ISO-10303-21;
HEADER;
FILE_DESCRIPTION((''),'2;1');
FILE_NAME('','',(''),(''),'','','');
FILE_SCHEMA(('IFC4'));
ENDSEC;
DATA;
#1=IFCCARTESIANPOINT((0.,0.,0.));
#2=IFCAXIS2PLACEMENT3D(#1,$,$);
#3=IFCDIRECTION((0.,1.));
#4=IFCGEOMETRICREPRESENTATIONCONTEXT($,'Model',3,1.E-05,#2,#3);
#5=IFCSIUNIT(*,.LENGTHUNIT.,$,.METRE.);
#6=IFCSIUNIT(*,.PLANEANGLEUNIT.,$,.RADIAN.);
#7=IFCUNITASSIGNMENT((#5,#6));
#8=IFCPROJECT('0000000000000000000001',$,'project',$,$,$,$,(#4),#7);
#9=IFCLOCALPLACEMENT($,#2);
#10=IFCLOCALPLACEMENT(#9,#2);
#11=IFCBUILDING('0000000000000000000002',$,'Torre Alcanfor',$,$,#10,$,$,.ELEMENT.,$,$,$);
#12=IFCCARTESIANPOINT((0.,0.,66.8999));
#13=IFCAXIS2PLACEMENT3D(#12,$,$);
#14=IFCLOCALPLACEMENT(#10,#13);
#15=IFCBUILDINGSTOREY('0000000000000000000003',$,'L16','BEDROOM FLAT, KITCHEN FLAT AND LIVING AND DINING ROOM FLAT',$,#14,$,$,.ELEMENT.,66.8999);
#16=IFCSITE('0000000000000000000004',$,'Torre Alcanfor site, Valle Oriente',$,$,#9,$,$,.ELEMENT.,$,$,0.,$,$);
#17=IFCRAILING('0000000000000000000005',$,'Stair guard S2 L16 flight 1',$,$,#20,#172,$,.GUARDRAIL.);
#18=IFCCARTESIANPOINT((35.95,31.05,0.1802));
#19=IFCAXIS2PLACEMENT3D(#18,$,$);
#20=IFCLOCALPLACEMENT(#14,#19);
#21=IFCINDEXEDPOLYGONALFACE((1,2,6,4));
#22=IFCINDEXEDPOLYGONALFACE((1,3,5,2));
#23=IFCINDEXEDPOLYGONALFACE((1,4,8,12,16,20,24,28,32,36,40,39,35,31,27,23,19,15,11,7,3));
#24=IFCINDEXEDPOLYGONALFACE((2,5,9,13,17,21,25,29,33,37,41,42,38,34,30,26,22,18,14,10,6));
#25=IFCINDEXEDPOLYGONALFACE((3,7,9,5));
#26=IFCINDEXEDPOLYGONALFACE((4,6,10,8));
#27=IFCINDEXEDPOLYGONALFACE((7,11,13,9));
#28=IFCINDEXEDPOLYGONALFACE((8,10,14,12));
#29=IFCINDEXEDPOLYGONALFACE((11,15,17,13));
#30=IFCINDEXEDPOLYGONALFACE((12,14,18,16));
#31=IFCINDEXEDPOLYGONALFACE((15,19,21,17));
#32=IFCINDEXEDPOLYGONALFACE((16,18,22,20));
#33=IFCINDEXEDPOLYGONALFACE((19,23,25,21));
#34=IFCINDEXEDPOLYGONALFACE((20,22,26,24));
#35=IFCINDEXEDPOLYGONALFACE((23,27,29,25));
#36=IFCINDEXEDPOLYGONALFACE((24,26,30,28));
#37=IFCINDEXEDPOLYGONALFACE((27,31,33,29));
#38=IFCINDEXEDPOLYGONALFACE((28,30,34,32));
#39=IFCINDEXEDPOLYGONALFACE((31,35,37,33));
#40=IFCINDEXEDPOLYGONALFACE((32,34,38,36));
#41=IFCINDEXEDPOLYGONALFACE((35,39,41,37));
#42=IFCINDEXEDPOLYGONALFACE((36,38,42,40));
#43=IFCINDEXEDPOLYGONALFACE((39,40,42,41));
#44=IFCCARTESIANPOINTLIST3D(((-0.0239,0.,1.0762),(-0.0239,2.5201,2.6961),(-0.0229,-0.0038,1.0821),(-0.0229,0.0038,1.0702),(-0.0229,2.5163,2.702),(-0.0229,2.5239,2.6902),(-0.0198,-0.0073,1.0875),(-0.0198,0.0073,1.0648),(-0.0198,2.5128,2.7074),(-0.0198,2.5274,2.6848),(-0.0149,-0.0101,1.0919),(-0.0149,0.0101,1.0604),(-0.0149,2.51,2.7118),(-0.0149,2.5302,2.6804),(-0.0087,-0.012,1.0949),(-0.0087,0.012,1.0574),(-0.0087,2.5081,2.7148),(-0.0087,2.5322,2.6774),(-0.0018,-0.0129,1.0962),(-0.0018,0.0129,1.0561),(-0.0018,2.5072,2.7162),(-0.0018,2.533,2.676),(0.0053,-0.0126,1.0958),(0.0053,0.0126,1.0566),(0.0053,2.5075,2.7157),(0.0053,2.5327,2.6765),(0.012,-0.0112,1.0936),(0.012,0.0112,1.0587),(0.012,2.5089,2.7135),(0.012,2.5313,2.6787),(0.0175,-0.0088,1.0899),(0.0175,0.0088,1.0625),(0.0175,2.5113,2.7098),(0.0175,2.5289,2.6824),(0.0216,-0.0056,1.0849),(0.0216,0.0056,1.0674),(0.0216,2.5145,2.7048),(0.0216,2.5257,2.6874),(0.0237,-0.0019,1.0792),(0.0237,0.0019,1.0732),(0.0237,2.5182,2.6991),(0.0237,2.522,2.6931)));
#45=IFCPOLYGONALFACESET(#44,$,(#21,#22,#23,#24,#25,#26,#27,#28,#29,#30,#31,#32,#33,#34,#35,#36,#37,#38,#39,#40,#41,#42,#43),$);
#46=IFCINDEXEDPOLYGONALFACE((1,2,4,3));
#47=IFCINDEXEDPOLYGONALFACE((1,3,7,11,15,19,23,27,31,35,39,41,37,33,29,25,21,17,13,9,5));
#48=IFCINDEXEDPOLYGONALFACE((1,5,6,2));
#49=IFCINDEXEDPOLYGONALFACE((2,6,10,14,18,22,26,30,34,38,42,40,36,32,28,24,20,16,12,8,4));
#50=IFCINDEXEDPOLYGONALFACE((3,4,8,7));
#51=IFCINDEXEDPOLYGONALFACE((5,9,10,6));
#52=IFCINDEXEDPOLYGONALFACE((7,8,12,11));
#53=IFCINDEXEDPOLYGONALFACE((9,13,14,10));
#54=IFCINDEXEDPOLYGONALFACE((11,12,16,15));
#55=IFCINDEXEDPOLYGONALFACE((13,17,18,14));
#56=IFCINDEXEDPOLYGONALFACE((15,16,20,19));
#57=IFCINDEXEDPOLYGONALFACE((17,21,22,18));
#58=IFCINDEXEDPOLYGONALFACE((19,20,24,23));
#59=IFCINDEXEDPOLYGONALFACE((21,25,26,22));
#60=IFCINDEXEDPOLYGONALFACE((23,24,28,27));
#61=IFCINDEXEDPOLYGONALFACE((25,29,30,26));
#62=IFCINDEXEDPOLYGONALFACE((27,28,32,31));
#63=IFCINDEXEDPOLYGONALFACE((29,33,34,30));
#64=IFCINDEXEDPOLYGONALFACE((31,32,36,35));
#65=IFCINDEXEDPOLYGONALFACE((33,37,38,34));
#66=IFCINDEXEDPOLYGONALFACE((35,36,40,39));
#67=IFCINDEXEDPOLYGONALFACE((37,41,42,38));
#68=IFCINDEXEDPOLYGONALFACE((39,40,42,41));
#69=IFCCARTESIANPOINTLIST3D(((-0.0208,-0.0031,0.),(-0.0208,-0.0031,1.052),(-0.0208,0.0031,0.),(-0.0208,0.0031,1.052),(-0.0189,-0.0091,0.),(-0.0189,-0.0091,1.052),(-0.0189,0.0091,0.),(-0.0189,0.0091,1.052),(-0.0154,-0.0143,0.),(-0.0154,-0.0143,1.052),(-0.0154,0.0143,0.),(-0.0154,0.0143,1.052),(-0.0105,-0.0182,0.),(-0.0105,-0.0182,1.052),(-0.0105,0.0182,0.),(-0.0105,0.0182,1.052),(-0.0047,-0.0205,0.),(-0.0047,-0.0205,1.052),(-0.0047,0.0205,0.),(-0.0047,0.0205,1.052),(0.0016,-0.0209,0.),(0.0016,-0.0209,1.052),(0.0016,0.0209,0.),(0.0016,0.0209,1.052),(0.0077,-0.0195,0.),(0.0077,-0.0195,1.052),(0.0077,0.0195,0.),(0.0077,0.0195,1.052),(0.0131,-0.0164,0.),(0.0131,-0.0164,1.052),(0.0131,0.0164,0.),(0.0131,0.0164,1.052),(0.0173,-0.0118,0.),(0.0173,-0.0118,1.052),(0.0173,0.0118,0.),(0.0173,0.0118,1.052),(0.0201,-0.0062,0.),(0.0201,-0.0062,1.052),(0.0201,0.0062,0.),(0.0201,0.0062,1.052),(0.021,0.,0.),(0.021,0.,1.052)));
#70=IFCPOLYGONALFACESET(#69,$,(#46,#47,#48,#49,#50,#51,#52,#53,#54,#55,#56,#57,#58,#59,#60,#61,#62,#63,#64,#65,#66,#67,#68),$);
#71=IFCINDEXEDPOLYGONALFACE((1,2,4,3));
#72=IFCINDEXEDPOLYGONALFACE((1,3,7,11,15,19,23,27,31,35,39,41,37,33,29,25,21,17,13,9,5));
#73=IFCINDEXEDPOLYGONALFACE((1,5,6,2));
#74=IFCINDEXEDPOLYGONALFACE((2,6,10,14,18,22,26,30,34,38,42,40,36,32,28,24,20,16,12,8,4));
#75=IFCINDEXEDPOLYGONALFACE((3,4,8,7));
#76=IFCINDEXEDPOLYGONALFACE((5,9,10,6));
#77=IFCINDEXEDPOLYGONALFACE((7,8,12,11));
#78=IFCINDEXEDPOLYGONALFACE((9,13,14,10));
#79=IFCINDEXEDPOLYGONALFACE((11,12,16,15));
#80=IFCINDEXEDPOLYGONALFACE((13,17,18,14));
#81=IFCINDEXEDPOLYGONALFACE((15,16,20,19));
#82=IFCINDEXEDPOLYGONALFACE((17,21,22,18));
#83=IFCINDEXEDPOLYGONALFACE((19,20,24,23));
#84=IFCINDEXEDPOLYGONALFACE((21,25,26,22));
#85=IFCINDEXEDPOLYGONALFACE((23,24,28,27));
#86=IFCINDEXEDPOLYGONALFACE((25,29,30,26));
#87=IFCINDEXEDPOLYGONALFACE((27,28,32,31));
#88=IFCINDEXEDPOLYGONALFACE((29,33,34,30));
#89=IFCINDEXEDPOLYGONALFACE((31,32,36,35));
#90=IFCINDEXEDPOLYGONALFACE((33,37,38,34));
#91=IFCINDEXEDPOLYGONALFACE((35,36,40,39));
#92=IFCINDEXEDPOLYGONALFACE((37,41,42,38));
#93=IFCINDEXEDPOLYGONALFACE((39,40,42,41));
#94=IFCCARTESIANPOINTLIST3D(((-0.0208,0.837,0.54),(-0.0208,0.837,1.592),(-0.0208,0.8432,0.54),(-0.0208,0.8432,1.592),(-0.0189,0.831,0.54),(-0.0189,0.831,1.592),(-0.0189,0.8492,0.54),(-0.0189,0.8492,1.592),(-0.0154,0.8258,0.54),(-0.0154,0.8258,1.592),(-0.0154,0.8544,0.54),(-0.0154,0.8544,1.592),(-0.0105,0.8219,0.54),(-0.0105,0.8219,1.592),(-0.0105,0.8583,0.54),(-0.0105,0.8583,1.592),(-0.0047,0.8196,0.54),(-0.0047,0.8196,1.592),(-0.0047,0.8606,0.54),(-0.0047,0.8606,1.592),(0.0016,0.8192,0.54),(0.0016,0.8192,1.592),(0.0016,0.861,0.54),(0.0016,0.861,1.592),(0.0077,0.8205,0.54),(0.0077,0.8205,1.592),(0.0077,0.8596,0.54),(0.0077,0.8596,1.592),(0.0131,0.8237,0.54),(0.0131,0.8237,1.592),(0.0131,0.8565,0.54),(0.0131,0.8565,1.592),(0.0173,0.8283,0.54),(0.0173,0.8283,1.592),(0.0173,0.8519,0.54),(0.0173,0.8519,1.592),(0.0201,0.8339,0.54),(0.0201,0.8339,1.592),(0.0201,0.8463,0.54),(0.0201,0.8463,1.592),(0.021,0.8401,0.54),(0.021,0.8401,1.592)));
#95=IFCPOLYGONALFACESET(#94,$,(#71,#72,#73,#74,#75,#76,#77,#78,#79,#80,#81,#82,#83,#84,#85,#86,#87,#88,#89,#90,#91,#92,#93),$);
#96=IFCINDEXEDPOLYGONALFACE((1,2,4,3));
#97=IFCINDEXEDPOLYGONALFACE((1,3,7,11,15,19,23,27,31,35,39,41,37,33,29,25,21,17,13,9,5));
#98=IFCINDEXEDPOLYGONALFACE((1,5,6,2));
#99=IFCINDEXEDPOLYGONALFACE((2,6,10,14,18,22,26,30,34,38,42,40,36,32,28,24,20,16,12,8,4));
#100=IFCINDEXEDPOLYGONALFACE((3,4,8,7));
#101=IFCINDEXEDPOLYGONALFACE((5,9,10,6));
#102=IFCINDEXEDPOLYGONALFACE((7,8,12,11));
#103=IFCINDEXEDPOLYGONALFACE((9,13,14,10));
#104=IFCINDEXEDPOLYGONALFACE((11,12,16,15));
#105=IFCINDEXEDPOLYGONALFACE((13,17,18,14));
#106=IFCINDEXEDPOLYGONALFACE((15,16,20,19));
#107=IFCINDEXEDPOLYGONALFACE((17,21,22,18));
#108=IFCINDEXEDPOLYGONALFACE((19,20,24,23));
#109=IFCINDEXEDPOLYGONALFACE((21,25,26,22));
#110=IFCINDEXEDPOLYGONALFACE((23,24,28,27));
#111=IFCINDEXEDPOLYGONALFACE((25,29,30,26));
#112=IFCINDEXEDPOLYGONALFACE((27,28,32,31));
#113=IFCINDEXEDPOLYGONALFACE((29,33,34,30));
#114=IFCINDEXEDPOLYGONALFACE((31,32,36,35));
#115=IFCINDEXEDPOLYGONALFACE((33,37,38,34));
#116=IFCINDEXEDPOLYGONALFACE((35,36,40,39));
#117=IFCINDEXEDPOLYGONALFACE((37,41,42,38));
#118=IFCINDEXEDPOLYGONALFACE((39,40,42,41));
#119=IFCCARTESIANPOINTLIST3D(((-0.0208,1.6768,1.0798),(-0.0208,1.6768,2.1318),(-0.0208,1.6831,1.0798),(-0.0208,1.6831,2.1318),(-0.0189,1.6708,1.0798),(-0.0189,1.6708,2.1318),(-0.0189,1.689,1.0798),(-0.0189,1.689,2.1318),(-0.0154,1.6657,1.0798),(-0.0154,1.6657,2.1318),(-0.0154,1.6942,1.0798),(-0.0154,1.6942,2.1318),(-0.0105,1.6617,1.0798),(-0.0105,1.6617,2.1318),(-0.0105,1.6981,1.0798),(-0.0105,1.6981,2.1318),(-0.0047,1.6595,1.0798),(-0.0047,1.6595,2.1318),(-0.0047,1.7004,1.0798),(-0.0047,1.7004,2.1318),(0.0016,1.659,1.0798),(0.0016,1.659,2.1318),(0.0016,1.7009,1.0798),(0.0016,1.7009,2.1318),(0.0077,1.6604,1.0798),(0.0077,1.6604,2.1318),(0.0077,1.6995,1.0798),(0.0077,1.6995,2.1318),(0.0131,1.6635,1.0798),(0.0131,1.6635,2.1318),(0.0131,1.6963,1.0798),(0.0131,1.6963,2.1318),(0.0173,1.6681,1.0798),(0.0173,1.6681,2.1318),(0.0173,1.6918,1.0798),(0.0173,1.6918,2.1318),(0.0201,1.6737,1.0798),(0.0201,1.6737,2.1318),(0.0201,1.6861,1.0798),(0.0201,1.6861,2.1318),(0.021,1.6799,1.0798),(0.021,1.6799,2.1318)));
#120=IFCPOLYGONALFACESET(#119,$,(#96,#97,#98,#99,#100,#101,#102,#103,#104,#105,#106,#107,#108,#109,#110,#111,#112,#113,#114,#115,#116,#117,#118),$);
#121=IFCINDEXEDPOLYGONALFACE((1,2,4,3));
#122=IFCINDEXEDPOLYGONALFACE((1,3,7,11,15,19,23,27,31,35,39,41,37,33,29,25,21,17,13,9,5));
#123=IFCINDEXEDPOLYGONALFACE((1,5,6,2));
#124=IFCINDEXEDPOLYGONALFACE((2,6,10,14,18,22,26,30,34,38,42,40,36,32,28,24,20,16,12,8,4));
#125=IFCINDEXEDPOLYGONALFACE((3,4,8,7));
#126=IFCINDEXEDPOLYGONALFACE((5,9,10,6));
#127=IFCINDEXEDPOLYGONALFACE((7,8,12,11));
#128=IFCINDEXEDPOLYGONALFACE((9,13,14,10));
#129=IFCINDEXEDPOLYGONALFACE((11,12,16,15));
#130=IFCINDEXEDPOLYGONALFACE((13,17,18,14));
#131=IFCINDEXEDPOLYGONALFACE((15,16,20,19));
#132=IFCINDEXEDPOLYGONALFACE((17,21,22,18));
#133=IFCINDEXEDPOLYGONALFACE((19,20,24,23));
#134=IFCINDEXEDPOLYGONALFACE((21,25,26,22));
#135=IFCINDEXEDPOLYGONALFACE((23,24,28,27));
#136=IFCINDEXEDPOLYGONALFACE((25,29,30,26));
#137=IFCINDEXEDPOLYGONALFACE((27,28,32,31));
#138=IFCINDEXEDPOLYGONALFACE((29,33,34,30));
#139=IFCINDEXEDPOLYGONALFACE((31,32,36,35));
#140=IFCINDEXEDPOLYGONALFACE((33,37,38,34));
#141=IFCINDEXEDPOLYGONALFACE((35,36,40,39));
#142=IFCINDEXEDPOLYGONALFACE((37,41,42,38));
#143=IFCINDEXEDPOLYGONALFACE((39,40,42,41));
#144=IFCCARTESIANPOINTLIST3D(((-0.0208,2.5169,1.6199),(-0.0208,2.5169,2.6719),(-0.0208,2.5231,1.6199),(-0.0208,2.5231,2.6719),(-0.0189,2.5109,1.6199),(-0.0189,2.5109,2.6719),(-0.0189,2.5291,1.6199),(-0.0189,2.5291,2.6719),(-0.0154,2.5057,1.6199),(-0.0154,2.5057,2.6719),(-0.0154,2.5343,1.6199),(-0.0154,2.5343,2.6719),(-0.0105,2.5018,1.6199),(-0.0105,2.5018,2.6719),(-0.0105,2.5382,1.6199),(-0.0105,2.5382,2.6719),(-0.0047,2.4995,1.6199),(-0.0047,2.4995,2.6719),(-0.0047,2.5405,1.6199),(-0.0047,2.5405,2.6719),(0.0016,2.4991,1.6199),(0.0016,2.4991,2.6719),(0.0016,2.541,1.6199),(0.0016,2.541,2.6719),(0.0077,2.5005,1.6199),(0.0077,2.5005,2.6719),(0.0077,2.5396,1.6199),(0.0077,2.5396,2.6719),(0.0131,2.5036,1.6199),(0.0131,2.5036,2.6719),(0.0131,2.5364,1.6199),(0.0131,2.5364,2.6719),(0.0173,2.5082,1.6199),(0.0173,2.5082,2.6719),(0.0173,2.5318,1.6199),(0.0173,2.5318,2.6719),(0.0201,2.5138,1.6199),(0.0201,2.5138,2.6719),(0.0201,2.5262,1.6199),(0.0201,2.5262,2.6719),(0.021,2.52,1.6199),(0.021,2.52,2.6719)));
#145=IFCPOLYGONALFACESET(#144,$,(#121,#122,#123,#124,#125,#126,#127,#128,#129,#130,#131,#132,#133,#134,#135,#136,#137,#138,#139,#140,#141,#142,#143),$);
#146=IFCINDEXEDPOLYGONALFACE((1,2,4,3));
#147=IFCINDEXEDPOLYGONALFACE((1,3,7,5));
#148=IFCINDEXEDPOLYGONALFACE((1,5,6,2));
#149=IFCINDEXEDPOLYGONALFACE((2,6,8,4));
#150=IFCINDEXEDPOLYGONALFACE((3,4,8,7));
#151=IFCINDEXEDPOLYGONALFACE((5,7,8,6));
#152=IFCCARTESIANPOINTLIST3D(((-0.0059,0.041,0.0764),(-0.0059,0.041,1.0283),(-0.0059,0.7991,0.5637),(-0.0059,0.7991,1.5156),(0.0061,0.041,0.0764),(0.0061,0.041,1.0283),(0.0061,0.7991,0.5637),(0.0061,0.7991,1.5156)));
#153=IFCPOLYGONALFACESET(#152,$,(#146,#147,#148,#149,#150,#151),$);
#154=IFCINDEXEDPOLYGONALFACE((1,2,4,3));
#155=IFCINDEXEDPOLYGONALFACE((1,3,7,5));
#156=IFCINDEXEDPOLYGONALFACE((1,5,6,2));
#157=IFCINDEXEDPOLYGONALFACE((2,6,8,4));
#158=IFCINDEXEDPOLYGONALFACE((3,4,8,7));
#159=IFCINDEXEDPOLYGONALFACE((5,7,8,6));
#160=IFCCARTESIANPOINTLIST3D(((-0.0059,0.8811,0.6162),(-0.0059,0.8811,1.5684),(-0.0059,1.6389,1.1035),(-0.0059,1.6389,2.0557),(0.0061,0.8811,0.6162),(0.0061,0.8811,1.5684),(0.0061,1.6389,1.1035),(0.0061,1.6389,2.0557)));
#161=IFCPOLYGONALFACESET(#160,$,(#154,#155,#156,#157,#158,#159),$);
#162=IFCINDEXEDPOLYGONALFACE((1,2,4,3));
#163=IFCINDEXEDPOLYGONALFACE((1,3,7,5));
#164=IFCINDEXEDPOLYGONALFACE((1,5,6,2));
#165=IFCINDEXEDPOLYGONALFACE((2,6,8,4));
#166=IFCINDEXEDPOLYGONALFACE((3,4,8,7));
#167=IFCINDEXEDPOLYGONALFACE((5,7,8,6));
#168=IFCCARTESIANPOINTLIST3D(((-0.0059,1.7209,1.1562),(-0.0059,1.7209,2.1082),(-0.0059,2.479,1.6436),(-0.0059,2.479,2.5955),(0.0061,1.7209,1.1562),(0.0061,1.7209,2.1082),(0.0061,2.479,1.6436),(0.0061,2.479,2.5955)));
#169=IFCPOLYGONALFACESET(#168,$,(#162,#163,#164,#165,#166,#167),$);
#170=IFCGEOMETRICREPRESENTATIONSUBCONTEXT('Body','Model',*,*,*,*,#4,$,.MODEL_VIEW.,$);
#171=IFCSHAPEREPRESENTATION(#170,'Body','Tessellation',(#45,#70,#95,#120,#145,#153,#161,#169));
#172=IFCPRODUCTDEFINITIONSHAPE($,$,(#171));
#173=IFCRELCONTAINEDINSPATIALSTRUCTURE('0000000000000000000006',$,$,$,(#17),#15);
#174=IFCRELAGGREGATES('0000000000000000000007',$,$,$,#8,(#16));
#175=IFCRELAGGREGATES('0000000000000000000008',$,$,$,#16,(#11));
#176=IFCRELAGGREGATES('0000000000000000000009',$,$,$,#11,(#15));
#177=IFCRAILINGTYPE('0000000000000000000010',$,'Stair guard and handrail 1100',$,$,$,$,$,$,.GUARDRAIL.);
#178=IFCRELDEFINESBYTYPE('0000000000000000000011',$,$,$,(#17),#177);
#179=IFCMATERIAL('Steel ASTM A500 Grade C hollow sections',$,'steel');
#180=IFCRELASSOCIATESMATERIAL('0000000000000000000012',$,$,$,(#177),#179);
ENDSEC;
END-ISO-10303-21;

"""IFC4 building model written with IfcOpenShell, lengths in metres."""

from ifc_helpers import new_model, si_unit, direction, frame, origin, origin_2d, place, context, subcontext, project, spatial, polyline, circle, outline, extrude, material, type_object, element, save


model = new_model("IFC4")

# Units and contexts
model_context = context("Model", 3, precision=1e-05, world=origin(), true_north=direction((0.0, 1.0)))
body_context = subcontext(model_context, "Body", "Model", "MODEL_VIEW")
ifc_project = project(units=[si_unit("LENGTHUNIT", "METRE"), si_unit("PLANEANGLEUNIT", "RADIAN")], contexts=[model_context])

# Site, building, storey
site_placement = place(None, origin())
site = spatial("IfcSite", under=ifc_project, at=site_placement, Name="Torre Alcanfor site, Valle Oriente", CompositionType="ELEMENT", RefElevation=0.0)
building_placement = place(site_placement, origin())
building = spatial("IfcBuilding", under=site, at=building_placement, Name="Torre Alcanfor", CompositionType="ELEMENT")
storey_placement = place(building_placement, frame((0.0, 0.0, 66.8999)))
storey = spatial("IfcBuildingStorey", under=building, at=storey_placement, Name="L16", Description="BEDROOM FLAT, KITCHEN FLAT AND LIVING AND DINING ROOM FLAT", CompositionType="ELEMENT", Elevation=66.8999)

# Railing
ifc_material_1 = material(Name="Steel ASTM A500 Grade C hollow sections", Category="steel")
railing_type_1 = type_object("IfcRailingType", Name="Stair guard and handrail 1100", PredefinedType="GUARDRAIL", material=ifc_material_1)
railing_1_placement = place(storey_placement, frame((35.95, 31.05, 0.1802)))
element("IfcRailing", 1, at=railing_1_placement, inside=storey, type_object=railing_type_1, Name="Stair guard S2 L16 flight 1", PredefinedType="GUARDRAIL", context=body_context, shape_type="SweptSolid", body=[
    extrude(circle(Radius=0.0239, at=origin_2d()), frame((0.0, 0.0, 1.0762), z_axis=(0.0, 0.8412, 0.540725), x_axis=(-1.0, 0.0, 0.0)), (0.0, 0.0, 1.0), 2.9958),
    extrude(circle(Radius=0.021, at=origin_2d()), origin(), (0.0, 0.0, 1.0), 1.052),
    extrude(circle(Radius=0.021, at=origin_2d()), frame((0.0, 0.8401, 0.54)), (0.0, 0.0, 1.0), 1.052),
    extrude(circle(Radius=0.021, at=origin_2d()), frame((0.0, 1.6799, 1.0798)), (0.0, 0.0, 1.0), 1.052),
    extrude(circle(Radius=0.021, at=origin_2d()), frame((0.0, 2.52, 1.6199)), (0.0, 0.0, 1.0), 1.052),
    extrude(outline(polyline([(0.041, 0.0764), (0.7991, 0.5637), (0.7991, 1.5156), (0.041, 1.0283), (0.041, 0.0764)])), frame((-0.0059, 0.0, 0.0), z_axis=(1.0, 0.0, 0.0), x_axis=(0.0, 1.0, 0.0)), (0.0, 0.0, 1.0), 0.012),
    extrude(outline(polyline([(0.8811, 0.6162), (1.6389, 1.1035), (1.6389, 2.0557), (0.8811, 1.5684), (0.8811, 0.6162)])), frame((-0.0059, 0.0, 0.0), z_axis=(1.0, 0.0, 0.0), x_axis=(0.0, 1.0, 0.0)), (0.0, 0.0, 1.0), 0.012),
    extrude(outline(polyline([(1.7209, 1.1562), (2.479, 1.6436), (2.479, 2.5955), (1.7209, 2.1082), (1.7209, 1.1562)])), frame((-0.0059, 0.0, 0.0), z_axis=(1.0, 0.0, 0.0), x_axis=(0.0, 1.0, 0.0)), (0.0, 0.0, 1.0), 0.012),
])

save(model, "model.ifc")
